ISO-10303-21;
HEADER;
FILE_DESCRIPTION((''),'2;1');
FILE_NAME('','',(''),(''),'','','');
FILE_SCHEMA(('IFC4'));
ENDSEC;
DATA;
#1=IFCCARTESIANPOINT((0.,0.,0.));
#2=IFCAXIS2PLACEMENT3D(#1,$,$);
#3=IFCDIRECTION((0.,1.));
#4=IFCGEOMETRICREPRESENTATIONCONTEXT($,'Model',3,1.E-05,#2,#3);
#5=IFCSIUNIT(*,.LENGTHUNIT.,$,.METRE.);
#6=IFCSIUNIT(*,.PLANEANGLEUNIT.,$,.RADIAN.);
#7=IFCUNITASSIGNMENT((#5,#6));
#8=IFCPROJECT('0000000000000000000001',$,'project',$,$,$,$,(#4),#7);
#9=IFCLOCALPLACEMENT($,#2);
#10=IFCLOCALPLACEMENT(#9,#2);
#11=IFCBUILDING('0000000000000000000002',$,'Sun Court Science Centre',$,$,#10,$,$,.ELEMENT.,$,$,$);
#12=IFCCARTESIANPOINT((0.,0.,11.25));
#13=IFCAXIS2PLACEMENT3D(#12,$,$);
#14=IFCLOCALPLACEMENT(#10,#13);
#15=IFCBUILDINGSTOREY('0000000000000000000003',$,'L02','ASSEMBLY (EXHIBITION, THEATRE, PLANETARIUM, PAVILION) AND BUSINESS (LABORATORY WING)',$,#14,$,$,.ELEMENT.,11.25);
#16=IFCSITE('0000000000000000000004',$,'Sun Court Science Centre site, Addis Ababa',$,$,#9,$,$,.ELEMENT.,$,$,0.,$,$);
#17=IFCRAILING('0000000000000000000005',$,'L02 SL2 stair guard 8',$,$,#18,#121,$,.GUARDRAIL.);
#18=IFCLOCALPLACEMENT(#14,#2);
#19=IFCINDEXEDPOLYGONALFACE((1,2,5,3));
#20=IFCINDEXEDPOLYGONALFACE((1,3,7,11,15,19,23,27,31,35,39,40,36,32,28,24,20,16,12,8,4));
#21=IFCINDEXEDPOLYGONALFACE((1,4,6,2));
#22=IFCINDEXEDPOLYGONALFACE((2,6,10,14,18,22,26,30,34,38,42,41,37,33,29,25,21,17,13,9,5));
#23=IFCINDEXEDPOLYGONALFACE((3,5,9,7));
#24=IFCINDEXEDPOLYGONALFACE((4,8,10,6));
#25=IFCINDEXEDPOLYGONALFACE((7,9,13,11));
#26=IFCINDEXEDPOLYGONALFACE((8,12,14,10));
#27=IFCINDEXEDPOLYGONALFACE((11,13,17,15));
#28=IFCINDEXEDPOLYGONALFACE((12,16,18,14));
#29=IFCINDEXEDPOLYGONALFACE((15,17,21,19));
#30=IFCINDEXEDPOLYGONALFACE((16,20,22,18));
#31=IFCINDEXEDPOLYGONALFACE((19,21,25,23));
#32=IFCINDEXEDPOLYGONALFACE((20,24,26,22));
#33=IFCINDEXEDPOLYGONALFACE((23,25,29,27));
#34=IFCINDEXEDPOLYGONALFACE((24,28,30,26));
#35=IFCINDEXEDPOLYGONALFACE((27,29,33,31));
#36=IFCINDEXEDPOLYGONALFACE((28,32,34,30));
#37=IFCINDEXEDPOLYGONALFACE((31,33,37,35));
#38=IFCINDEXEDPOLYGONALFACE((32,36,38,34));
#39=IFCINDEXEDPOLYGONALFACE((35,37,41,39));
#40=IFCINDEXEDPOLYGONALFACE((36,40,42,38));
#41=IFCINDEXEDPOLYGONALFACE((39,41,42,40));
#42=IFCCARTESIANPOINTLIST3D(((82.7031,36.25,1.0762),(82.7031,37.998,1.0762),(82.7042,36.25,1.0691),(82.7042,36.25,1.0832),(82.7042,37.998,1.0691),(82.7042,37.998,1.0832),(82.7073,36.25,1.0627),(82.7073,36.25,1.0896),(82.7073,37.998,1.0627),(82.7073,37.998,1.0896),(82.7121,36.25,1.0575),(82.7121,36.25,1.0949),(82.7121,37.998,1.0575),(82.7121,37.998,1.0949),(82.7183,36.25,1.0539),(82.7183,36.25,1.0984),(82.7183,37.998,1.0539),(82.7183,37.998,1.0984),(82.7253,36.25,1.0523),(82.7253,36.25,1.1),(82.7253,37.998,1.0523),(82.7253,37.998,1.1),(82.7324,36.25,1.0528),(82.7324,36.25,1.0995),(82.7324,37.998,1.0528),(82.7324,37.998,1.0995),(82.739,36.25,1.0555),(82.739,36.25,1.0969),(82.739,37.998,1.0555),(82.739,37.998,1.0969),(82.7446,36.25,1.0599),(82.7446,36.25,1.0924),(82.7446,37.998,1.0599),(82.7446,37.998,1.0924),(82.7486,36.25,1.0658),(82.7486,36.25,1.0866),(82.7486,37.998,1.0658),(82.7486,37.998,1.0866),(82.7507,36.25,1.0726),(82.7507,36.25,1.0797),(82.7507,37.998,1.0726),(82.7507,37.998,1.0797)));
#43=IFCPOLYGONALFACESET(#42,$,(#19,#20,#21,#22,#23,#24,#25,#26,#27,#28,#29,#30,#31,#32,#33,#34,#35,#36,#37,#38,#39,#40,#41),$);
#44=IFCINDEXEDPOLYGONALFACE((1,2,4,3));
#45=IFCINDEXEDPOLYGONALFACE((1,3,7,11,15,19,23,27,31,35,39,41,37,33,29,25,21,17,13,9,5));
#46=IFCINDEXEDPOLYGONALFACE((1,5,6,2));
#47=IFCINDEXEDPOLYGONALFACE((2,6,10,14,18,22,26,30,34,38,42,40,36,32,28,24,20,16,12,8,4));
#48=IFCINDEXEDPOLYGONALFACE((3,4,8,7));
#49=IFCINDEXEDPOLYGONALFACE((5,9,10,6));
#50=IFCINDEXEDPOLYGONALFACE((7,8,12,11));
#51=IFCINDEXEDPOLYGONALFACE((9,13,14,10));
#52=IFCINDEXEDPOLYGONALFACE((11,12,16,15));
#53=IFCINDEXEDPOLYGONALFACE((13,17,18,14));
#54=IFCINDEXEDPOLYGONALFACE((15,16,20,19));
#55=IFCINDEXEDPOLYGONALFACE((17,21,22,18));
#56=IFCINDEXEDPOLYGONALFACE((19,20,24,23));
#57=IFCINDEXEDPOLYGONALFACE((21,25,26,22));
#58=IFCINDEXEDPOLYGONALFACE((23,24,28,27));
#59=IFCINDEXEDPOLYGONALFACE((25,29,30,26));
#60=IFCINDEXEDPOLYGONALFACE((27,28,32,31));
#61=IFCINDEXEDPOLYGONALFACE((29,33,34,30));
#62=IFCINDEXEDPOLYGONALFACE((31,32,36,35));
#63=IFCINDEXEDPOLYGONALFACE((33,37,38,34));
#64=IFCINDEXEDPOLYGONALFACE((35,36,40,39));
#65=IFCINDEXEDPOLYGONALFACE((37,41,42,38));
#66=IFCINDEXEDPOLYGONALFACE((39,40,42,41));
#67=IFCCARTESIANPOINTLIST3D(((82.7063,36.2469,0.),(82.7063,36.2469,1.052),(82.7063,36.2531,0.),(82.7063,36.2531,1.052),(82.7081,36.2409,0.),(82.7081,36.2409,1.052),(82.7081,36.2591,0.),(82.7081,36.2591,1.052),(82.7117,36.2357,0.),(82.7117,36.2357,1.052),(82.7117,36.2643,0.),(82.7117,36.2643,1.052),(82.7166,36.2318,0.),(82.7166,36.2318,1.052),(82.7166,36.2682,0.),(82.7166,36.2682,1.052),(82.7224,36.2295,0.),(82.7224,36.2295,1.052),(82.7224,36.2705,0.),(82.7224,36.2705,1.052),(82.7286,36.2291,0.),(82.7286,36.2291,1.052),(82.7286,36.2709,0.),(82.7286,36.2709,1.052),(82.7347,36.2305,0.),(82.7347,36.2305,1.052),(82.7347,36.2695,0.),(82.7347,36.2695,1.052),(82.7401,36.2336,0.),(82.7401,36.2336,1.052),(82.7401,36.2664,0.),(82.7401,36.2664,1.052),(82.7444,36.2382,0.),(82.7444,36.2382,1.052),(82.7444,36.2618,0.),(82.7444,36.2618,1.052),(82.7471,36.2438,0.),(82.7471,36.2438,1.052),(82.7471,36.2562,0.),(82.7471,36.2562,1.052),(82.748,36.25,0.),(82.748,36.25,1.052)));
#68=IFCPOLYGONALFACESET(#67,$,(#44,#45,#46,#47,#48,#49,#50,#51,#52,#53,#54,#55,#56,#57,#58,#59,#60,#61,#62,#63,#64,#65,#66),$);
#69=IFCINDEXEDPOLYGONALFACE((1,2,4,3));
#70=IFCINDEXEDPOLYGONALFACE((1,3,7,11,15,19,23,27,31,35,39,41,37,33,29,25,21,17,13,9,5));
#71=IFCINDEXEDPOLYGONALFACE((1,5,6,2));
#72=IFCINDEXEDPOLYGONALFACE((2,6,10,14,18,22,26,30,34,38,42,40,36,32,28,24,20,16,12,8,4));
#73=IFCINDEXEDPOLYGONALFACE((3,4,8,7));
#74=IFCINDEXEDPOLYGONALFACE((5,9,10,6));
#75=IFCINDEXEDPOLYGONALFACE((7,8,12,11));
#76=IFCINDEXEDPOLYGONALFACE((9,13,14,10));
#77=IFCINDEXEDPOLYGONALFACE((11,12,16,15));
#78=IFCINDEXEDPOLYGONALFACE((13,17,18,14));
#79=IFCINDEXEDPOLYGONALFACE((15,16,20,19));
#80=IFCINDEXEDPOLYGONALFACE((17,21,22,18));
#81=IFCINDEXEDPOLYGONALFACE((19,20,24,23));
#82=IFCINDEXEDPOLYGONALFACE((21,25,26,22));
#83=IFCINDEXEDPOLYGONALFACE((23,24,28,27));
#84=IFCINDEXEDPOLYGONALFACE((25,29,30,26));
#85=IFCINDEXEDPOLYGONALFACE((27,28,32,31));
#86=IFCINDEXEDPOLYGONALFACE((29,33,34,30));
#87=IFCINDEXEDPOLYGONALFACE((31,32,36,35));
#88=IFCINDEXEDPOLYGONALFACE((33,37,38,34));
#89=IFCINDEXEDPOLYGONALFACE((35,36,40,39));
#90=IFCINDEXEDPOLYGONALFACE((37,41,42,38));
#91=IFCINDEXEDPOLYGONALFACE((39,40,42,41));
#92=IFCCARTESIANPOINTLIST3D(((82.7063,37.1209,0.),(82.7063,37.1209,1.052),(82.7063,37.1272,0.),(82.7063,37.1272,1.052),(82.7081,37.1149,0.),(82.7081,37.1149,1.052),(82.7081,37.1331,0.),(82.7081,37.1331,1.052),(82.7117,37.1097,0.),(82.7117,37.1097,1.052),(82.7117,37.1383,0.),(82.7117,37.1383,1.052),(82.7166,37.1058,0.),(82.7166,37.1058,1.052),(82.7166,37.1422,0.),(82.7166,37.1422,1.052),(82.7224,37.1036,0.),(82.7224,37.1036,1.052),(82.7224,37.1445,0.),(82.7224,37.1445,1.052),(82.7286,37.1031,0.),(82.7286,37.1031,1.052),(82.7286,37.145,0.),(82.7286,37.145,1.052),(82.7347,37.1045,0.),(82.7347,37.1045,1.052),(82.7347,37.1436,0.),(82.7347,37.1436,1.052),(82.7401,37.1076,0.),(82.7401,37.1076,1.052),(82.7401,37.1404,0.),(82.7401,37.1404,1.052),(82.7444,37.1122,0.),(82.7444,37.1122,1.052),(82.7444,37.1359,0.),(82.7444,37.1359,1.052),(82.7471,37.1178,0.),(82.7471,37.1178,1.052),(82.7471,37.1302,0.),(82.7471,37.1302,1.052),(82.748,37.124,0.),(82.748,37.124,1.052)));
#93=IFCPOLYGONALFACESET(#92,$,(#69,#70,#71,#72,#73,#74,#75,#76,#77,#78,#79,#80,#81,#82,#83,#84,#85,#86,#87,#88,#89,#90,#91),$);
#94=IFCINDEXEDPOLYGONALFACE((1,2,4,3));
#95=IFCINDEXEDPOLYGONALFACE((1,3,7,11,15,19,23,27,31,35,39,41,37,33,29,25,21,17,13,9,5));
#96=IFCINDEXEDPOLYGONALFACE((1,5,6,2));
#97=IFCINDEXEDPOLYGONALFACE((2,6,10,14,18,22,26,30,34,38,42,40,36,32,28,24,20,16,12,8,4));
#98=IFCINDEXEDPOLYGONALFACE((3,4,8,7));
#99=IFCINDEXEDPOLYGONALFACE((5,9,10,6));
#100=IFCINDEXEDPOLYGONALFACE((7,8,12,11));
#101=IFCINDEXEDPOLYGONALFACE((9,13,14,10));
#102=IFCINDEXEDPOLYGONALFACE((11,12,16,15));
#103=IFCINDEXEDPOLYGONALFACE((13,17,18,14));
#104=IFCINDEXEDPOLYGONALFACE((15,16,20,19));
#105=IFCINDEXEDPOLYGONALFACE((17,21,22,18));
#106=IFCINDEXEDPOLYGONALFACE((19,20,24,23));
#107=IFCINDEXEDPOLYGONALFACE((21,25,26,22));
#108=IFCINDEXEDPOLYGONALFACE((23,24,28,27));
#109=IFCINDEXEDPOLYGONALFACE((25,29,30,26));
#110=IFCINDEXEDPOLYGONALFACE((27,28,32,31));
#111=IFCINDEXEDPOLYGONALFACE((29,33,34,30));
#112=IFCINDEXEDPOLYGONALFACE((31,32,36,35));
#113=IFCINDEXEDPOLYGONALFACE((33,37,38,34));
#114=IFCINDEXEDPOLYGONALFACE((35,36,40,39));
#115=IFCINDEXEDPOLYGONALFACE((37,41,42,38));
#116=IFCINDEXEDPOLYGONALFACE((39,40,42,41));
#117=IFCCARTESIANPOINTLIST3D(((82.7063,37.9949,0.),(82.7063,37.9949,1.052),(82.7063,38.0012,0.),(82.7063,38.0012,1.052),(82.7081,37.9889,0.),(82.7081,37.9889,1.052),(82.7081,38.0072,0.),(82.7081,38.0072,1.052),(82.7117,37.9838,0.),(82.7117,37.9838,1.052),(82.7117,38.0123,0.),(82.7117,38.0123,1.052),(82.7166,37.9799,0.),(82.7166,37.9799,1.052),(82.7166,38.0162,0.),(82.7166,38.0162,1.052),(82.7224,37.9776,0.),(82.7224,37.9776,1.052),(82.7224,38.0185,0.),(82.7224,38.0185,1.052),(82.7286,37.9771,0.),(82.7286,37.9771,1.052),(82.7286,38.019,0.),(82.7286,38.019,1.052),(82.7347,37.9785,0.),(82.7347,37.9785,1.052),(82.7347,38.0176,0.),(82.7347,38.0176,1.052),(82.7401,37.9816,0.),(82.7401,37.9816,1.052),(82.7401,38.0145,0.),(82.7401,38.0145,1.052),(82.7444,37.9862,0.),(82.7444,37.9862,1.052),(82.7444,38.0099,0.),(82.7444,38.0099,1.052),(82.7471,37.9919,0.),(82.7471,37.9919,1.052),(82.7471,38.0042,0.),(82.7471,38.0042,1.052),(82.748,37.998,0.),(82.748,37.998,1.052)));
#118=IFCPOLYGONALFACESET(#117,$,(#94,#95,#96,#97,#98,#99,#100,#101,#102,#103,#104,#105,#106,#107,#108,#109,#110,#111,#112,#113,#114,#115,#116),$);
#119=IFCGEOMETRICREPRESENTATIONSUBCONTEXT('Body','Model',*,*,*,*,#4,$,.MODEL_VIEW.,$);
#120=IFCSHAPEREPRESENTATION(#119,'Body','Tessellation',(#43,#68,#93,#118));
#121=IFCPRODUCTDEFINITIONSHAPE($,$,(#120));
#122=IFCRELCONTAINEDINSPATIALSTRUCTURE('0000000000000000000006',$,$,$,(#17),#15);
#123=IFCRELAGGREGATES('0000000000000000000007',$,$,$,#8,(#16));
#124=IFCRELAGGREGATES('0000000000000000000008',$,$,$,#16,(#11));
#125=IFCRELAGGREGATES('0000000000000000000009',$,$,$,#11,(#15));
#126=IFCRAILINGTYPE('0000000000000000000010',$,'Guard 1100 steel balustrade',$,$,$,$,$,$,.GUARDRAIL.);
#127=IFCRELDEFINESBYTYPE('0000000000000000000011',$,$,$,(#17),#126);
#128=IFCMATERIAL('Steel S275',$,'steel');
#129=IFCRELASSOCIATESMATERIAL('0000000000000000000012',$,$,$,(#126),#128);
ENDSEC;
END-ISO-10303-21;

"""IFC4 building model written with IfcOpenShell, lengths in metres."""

from ifc_helpers import new_model, si_unit, direction, frame, origin, origin_2d, place, context, subcontext, project, spatial, circle, extrude, material, type_object, element, save


model = new_model("IFC4")

# Units and contexts
model_context = context("Model", 3, precision=1e-05, world=origin(), true_north=direction((0.0, 1.0)))
body_context = subcontext(model_context, "Body", "Model", "MODEL_VIEW")
ifc_project = project(units=[si_unit("LENGTHUNIT", "METRE"), si_unit("PLANEANGLEUNIT", "RADIAN")], contexts=[model_context])

# Site, building, storey
site_placement = place(None, origin())
site = spatial("IfcSite", under=ifc_project, at=site_placement, Name="Sun Court Science Centre site, Addis Ababa", CompositionType="ELEMENT", RefElevation=0.0)
building_placement = place(site_placement, origin())
building = spatial("IfcBuilding", under=site, at=building_placement, Name="Sun Court Science Centre", CompositionType="ELEMENT")
storey_placement = place(building_placement, frame((0.0, 0.0, 11.25)))
storey = spatial("IfcBuildingStorey", under=building, at=storey_placement, Name="L02", Description="ASSEMBLY (EXHIBITION, THEATRE, PLANETARIUM, PAVILION) AND BUSINESS (LABORATORY WING)", CompositionType="ELEMENT", Elevation=11.25)

# Railing
ifc_material_1 = material(Name="Steel S275", Category="steel")
railing_type_1 = type_object("IfcRailingType", Name="Guard 1100 steel balustrade", PredefinedType="GUARDRAIL", material=ifc_material_1)
for number, where, name in (
    (1, (82.7271, 36.25, 0.0), "L02 SL2 stair guard 8"),
):
    element("IfcRailing", number, at=place(storey_placement, frame(where)), inside=storey, type_object=railing_type_1, Name=name, PredefinedType="GUARDRAIL", context=body_context, shape_type="SweptSolid", body=[
        extrude(circle(Radius=0.0239, at=origin_2d()), frame((0.0, 0.0, 1.0762), z_axis=(0.0, 1.0, 0.0), x_axis=(-1.0, 0.0, 0.0)), (0.0, 0.0, 1.0), 1.748),
        extrude(circle(Radius=0.021, at=origin_2d()), origin(), (0.0, 0.0, 1.0), 1.052),
        extrude(circle(Radius=0.021, at=origin_2d()), frame((0.0, 0.874, 0.0)), (0.0, 0.0, 1.0), 1.052),
        extrude(circle(Radius=0.021, at=origin_2d()), frame((0.0, 1.748, 0.0)), (0.0, 0.0, 1.0), 1.052),
    ])

save(model, "model.ifc")
